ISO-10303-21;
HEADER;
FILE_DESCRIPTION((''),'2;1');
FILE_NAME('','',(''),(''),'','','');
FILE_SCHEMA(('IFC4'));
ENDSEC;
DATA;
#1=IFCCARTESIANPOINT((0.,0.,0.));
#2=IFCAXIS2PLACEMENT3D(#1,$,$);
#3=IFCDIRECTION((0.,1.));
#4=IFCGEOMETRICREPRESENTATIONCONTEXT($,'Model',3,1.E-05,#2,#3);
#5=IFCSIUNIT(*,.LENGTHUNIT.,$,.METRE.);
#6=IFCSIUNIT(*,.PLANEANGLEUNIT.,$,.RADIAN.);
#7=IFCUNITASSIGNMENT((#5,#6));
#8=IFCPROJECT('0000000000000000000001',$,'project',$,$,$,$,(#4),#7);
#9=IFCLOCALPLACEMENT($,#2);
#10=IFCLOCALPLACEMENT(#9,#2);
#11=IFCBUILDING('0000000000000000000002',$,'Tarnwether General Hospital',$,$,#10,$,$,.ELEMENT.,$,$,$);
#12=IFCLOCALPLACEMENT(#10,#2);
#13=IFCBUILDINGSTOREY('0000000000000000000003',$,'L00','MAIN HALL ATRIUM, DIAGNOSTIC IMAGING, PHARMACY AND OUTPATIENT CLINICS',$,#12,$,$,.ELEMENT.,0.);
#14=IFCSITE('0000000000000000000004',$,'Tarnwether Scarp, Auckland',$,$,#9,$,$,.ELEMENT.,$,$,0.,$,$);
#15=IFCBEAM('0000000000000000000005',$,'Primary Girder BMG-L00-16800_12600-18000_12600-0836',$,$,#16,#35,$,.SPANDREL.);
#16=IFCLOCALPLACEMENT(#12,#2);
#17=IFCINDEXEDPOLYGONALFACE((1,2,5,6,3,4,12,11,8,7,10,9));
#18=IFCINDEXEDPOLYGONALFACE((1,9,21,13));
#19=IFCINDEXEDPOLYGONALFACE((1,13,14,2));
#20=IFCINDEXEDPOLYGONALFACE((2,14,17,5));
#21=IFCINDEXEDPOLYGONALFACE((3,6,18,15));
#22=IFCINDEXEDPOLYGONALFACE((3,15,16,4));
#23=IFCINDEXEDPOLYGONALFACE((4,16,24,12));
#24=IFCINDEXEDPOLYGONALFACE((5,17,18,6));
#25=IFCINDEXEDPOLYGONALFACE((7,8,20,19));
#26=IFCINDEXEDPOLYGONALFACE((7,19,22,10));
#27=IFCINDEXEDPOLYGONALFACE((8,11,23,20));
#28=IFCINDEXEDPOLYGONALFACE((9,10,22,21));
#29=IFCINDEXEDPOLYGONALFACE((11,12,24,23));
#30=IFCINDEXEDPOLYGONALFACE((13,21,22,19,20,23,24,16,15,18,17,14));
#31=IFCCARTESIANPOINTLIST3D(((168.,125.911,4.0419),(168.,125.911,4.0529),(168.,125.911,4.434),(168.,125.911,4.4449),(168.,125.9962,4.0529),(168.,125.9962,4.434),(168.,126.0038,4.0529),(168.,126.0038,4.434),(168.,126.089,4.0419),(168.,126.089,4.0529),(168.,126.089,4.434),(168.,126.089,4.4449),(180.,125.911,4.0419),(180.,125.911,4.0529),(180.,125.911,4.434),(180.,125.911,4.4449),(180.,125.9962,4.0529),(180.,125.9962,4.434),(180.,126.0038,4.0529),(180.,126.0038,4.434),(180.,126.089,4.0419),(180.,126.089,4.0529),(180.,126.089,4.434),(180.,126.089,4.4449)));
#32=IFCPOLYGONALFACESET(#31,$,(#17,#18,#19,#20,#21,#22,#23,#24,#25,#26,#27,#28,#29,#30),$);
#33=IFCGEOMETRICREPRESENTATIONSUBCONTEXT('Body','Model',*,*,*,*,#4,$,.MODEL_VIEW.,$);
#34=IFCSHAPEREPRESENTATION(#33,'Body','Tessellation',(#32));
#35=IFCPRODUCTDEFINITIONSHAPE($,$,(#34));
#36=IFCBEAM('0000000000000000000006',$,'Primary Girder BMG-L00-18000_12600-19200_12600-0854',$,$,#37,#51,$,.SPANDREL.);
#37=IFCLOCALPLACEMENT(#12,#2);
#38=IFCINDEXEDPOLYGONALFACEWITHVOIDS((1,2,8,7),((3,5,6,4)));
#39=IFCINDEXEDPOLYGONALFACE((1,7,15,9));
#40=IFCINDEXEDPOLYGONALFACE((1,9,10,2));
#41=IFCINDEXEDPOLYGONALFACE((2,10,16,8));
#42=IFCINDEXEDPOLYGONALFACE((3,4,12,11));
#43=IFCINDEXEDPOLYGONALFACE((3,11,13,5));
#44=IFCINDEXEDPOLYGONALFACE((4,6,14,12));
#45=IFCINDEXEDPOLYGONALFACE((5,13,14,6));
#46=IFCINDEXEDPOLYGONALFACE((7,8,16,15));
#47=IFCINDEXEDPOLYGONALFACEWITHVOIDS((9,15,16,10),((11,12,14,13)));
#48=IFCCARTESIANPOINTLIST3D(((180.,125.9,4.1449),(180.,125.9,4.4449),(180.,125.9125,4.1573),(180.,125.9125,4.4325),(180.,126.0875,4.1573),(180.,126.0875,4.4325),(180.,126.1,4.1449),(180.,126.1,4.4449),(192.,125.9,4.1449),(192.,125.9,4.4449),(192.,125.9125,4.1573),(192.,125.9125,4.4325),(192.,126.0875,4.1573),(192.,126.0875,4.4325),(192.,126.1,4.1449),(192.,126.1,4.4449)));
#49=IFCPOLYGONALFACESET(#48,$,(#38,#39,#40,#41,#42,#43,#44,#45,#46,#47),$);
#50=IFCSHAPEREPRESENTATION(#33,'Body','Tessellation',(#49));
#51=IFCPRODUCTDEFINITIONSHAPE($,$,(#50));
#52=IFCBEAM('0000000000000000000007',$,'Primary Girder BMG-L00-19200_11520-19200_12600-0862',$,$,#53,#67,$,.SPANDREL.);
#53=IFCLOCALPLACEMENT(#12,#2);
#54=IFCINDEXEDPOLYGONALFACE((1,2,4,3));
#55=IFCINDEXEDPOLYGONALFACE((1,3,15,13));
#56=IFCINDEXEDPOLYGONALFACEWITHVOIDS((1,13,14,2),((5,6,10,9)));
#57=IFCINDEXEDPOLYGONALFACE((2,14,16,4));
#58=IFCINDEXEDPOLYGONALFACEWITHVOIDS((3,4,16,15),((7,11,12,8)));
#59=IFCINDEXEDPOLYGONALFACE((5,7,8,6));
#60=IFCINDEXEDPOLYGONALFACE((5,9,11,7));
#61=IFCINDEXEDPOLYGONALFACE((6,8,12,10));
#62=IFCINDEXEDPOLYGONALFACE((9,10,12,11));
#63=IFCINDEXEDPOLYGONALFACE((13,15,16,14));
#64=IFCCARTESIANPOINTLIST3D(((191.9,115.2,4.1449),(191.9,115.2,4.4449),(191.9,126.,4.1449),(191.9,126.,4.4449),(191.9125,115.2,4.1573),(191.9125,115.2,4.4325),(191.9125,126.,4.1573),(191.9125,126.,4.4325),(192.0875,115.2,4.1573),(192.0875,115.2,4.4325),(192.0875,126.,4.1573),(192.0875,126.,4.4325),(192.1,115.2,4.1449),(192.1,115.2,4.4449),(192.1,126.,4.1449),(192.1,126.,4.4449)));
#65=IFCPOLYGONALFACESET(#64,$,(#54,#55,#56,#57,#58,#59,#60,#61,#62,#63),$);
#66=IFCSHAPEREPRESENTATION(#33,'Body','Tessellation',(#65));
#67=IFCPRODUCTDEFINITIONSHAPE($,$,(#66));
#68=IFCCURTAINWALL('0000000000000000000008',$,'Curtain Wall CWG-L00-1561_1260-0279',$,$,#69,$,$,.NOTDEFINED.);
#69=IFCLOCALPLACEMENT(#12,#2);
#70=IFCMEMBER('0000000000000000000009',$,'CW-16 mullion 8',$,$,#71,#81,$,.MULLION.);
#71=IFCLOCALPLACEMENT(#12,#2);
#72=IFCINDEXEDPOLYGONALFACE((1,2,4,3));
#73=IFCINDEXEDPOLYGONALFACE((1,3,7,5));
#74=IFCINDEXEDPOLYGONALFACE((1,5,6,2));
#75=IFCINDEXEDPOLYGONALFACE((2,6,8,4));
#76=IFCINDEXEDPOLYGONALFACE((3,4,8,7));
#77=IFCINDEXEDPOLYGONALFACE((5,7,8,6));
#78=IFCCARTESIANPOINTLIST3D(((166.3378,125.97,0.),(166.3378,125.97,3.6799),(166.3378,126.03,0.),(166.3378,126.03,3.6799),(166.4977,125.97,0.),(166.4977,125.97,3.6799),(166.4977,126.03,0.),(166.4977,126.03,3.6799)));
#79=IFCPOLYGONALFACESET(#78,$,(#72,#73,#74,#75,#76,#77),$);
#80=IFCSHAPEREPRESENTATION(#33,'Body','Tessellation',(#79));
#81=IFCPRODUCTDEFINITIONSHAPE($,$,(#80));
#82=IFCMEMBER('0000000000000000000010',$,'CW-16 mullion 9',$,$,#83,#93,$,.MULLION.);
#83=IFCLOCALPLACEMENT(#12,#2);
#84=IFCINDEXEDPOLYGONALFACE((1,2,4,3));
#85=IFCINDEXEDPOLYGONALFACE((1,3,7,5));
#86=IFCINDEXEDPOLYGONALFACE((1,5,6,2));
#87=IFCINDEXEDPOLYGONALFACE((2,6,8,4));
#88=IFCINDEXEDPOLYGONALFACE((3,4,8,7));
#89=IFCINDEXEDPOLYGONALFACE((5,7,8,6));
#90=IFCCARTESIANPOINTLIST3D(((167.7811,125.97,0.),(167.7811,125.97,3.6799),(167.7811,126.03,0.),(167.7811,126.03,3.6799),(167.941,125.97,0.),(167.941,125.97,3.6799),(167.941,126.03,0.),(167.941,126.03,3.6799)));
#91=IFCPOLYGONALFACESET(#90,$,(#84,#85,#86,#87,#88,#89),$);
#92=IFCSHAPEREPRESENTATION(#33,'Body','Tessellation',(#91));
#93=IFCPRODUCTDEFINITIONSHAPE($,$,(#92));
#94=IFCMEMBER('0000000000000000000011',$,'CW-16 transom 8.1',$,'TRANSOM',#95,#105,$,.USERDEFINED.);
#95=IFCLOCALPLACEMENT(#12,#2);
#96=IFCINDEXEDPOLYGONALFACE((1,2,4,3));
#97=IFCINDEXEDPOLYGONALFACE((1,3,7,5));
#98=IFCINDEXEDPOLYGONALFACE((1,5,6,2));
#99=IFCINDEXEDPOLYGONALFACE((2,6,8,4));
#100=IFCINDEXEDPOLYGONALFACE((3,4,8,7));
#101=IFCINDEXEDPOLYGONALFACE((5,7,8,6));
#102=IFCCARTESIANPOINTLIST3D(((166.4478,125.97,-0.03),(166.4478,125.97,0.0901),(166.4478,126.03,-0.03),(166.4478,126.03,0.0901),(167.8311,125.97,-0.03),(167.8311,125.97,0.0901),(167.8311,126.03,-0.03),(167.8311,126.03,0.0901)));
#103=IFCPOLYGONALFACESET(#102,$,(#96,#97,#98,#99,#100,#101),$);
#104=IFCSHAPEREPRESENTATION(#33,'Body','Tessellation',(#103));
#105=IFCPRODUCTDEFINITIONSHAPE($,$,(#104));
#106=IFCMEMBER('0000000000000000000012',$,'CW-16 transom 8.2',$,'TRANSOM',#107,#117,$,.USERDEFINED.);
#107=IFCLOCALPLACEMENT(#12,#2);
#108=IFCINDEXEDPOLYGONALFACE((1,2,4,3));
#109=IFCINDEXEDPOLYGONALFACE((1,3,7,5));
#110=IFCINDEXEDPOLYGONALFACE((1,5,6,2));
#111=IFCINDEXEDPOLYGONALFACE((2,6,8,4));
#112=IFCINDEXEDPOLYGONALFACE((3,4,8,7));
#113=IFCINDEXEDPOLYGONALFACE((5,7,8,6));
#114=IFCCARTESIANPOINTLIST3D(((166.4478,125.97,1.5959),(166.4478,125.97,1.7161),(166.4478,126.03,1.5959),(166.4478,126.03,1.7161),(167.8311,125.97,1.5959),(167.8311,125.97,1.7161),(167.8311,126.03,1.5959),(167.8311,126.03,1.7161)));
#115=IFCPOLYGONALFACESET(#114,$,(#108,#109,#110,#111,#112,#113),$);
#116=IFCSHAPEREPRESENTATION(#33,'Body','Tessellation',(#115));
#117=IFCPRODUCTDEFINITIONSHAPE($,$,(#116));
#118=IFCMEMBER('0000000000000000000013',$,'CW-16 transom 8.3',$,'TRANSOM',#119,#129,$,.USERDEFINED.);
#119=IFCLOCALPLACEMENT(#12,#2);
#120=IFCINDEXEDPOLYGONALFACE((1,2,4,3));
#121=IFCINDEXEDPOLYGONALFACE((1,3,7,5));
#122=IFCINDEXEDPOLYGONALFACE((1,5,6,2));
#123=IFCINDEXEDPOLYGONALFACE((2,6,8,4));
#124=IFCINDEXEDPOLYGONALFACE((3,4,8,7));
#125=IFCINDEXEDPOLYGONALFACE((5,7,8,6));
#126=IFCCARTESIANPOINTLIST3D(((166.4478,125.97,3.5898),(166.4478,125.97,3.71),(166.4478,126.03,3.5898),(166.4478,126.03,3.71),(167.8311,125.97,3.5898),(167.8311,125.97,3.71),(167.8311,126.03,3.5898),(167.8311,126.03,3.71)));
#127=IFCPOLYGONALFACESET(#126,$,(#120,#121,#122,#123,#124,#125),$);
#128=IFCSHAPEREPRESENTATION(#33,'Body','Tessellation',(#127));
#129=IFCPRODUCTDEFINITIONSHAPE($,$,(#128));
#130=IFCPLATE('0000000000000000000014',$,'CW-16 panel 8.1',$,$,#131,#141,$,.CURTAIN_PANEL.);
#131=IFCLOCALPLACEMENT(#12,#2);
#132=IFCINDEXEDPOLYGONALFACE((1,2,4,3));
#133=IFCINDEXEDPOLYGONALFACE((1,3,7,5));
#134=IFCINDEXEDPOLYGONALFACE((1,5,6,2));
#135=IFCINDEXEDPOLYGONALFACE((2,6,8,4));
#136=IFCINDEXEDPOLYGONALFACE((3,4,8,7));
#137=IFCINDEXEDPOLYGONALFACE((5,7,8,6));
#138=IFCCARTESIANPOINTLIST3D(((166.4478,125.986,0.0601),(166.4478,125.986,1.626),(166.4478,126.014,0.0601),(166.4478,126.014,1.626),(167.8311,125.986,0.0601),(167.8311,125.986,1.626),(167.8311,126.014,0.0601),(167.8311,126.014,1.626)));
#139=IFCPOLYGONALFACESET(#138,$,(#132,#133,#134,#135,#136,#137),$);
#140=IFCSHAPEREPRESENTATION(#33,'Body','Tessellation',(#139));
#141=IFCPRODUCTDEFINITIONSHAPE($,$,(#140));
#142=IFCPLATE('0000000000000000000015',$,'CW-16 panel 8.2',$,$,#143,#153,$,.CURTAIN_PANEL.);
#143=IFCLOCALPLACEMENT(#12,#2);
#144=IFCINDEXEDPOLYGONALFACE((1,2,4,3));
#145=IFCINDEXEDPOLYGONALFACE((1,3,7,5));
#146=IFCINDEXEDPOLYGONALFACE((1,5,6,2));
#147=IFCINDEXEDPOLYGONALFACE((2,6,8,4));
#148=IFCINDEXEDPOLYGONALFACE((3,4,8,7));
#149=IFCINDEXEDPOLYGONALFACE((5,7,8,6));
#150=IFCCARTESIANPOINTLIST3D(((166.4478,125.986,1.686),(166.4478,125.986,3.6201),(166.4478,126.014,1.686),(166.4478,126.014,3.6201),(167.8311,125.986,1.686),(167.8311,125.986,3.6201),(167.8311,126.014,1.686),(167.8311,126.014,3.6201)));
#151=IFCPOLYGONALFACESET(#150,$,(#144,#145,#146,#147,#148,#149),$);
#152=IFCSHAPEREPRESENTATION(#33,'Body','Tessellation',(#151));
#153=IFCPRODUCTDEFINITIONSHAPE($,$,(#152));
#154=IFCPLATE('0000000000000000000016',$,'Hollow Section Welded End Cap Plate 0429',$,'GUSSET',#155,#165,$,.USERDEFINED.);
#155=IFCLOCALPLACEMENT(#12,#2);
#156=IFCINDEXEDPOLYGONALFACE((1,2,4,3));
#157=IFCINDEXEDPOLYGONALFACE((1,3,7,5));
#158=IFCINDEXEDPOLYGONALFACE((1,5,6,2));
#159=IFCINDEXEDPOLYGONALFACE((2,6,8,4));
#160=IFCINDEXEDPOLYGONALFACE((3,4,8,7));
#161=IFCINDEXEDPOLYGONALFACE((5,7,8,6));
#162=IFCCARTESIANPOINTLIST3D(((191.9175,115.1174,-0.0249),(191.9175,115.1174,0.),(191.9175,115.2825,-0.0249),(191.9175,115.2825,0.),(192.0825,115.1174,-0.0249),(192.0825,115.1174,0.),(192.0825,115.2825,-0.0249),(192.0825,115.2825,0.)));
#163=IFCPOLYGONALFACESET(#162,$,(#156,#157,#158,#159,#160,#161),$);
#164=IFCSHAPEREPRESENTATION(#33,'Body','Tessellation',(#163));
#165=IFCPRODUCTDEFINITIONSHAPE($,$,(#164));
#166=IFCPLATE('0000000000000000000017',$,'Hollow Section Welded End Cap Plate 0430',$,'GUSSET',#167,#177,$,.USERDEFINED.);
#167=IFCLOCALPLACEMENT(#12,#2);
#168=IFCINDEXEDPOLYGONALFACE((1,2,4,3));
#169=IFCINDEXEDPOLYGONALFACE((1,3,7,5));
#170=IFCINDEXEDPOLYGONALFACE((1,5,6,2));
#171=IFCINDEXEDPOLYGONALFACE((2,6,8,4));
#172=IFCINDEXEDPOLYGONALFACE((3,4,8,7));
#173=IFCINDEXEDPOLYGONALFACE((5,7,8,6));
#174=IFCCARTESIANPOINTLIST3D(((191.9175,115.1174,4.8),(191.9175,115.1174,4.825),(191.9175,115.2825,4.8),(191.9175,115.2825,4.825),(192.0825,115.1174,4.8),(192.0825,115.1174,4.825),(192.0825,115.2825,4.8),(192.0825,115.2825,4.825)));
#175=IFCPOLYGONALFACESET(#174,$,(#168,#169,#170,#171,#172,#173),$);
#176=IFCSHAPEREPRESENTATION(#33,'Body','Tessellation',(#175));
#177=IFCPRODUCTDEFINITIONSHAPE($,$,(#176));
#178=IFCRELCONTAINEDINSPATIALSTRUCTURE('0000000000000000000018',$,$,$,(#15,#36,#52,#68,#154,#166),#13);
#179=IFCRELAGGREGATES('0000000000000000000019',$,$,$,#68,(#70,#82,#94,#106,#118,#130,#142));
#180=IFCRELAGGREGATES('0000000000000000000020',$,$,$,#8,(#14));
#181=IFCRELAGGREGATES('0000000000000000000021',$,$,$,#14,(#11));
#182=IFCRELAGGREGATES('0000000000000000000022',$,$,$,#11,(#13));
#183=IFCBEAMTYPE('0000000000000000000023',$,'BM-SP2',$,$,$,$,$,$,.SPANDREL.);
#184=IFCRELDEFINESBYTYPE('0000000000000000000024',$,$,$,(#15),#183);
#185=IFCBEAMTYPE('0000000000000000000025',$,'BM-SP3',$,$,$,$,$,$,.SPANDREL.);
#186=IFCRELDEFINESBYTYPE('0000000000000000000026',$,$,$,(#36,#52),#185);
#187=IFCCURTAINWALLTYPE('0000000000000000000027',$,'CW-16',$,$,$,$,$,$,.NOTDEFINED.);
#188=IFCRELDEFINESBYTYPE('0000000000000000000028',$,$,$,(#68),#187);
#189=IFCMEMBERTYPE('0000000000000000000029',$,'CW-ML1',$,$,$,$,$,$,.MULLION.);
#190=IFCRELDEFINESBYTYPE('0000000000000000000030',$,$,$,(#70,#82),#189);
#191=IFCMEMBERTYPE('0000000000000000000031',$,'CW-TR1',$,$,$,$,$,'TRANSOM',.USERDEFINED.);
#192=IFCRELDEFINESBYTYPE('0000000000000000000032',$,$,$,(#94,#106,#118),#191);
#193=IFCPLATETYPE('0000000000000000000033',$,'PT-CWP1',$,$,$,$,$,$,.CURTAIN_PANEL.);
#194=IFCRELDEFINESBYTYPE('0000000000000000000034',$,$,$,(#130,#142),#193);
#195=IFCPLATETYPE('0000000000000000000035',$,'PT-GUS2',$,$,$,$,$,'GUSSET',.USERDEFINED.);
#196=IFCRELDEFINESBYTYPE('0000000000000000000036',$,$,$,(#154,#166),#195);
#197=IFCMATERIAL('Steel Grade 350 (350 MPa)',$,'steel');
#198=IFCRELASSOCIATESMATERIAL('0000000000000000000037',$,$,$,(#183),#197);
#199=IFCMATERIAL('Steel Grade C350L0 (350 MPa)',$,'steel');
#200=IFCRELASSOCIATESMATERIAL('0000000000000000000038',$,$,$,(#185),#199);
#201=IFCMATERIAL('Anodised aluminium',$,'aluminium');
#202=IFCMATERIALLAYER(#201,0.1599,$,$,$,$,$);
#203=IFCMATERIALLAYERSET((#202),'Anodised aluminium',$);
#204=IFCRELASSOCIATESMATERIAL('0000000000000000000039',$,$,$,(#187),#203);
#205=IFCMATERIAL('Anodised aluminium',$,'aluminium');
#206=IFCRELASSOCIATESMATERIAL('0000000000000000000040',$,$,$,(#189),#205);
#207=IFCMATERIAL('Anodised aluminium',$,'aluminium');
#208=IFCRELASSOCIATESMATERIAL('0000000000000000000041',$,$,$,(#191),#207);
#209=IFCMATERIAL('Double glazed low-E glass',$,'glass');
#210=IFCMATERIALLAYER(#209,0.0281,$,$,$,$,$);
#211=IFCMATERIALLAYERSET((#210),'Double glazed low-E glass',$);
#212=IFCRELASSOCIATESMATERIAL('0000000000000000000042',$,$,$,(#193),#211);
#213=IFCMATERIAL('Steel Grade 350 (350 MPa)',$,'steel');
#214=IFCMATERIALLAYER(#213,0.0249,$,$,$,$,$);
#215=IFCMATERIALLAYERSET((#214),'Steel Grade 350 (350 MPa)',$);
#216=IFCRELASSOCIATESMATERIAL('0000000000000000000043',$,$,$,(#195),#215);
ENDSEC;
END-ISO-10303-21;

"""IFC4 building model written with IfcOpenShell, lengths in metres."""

from ifc_helpers import new_model, si_unit, direction, frame, origin, origin_2d, place, context, subcontext, project, spatial, rectangle, hollow_rectangle, i_section, extrude, material, layer, layer_set, material_profile, profile_set, type_object, element, aggregate, save


model = new_model("IFC4")

# Units and contexts
model_context = context("Model", 3, precision=1e-05, world=origin(), true_north=direction((0.0, 1.0)))
body_context = subcontext(model_context, "Body", "Model", "MODEL_VIEW")
ifc_project = project(units=[si_unit("LENGTHUNIT", "METRE"), si_unit("PLANEANGLEUNIT", "RADIAN")], contexts=[model_context])

# Site, building, storey
site_placement = place(None, origin())
site = spatial("IfcSite", under=ifc_project, at=site_placement, Name="Tarnwether Scarp, Auckland", CompositionType="ELEMENT", RefElevation=0.0)
building_placement = place(site_placement, origin())
building = spatial("IfcBuilding", under=site, at=building_placement, Name="Tarnwether General Hospital", CompositionType="ELEMENT")
storey_placement = place(building_placement, origin())
storey = spatial("IfcBuildingStorey", under=building, at=storey_placement, Name="L00", Description="MAIN HALL ATRIUM, DIAGNOSTIC IMAGING, PHARMACY AND OUTPATIENT CLINICS", CompositionType="ELEMENT", Elevation=0.0)

# Beams
ifc_material_1 = material(Name="Steel Grade 350 (350 MPa)", Category="steel")
ifc_material_profile_1 = material_profile(ifc_material_1, i_section(OverallWidth=0.178, OverallDepth=0.4031, WebThickness=0.0076, FlangeThickness=0.011, at=origin_2d()), Name="410UB53.7")
ifc_profile_set_1 = profile_set([ifc_material_profile_1], Name="Steel Grade 350 (350 MPa)")
beam_type_1 = type_object("IfcBeamType", Name="BM-SP2", PredefinedType="SPANDREL", material=ifc_profile_set_1)
beam_1_placement = place(storey_placement, frame((168.0, 126.0, 4.2434), z_axis=(1.0, 0.0, 0.0), x_axis=(0.0, 1.0, 0.0)))
element("IfcBeam", 1, at=beam_1_placement, inside=storey, type_object=beam_type_1, Name="Primary Girder BMG-L00-16800_12600-18000_12600-0836", PredefinedType="SPANDREL", context=body_context, shape_type="SweptSolid", body=[
    extrude(i_section(OverallWidth=0.178, OverallDepth=0.4031, WebThickness=0.0076, FlangeThickness=0.011, at=origin_2d()), origin(), (0.0, 0.0, 1.0), 12.0),
])
ifc_material_2 = material(Name="Steel Grade C350L0 (350 MPa)", Category="steel")
ifc_material_profile_2 = material_profile(ifc_material_2, hollow_rectangle(XDim=0.2, YDim=0.3, WallThickness=0.0125, at=origin_2d()), Name="RHS300x200x12.5")
ifc_profile_set_2 = profile_set([ifc_material_profile_2], Name="Steel Grade C350L0 (350 MPa)")
beam_type_2 = type_object("IfcBeamType", Name="BM-SP3", PredefinedType="SPANDREL", material=ifc_profile_set_2)
beam_2_placement = place(storey_placement, frame((180.0, 126.0, 4.2949), z_axis=(1.0, 0.0, 0.0), x_axis=(0.0, 1.0, 0.0)))
element("IfcBeam", 2, at=beam_2_placement, inside=storey, type_object=beam_type_2, Name="Primary Girder BMG-L00-18000_12600-19200_12600-0854", PredefinedType="SPANDREL", context=body_context, shape_type="SweptSolid", body=[
    extrude(hollow_rectangle(XDim=0.2, YDim=0.3, WallThickness=0.0125, at=origin_2d()), origin(), (0.0, 0.0, 1.0), 12.0),
])
beam_3_placement = place(storey_placement, frame((192.0, 115.2, 4.2949), z_axis=(0.0, 1.0, 0.0), x_axis=(-1.0, 0.0, 0.0)))
element("IfcBeam", 3, at=beam_3_placement, inside=storey, type_object=beam_type_2, Name="Primary Girder BMG-L00-19200_11520-19200_12600-0862", PredefinedType="SPANDREL", context=body_context, shape_type="SweptSolid", body=[
    extrude(hollow_rectangle(XDim=0.2, YDim=0.3, WallThickness=0.0125, at=origin_2d()), origin(), (0.0, 0.0, 1.0), 10.8),
])

# Curtain wall, members, plates
ifc_material_3 = material(Name="Anodised aluminium", Category="aluminium")
ifc_layer_1 = layer(ifc_material_3, 0.1599)
ifc_layer_set_1 = layer_set([ifc_layer_1], Name="Anodised aluminium")
curtain_wall_type = type_object("IfcCurtainWallType", Name="CW-16", PredefinedType="NOTDEFINED", material=ifc_layer_set_1)
curtain_wall_placement = place(storey_placement, origin())
curtain_wall = element("IfcCurtainWall", 4, at=curtain_wall_placement, inside=storey, type_object=curtain_wall_type, Name="Curtain Wall CWG-L00-1561_1260-0279", PredefinedType="NOTDEFINED")
ifc_material_4 = material(Name="Anodised aluminium", Category="aluminium")
ifc_material_profile_3 = material_profile(ifc_material_4, rectangle(XDim=0.0601, YDim=0.1599, at=origin_2d()), Name="ALU-MUL-60x160")
ifc_profile_set_3 = profile_set([ifc_material_profile_3], Name="Anodised aluminium")
member_type_1 = type_object("IfcMemberType", Name="CW-ML1", PredefinedType="MULLION", material=ifc_profile_set_3)
member_1_placement = place(storey_placement, frame((166.4177, 126.0, 0.0), z_axis=(0.0, 0.0, 1.0), x_axis=(0.0, 1.0, 0.0)))
member_1 = element("IfcMember", 5, at=member_1_placement, type_object=member_type_1, Name="CW-16 mullion 8", PredefinedType="MULLION", context=body_context, shape_type="SweptSolid", body=[
    extrude(rectangle(XDim=0.0601, YDim=0.1599, at=origin_2d()), origin(), (0.0, 0.0, 1.0), 3.6799),
])
member_2_placement = place(storey_placement, frame((167.8611, 126.0, 0.0), z_axis=(0.0, 0.0, 1.0), x_axis=(0.0, 1.0, 0.0)))
member_2 = element("IfcMember", 6, at=member_2_placement, type_object=member_type_1, Name="CW-16 mullion 9", PredefinedType="MULLION", context=body_context, shape_type="SweptSolid", body=[
    extrude(rectangle(XDim=0.0601, YDim=0.1599, at=origin_2d()), origin(), (0.0, 0.0, 1.0), 3.6799),
])
ifc_material_5 = material(Name="Anodised aluminium", Category="aluminium")
ifc_material_profile_4 = material_profile(ifc_material_5, rectangle(XDim=0.0601, YDim=0.1201, at=origin_2d()), Name="ALU-TRN-60x120")
ifc_profile_set_4 = profile_set([ifc_material_profile_4], Name="Anodised aluminium")
member_type_2 = type_object("IfcMemberType", Name="CW-TR1", ElementType="TRANSOM", PredefinedType="USERDEFINED", material=ifc_profile_set_4)
member_3_placement = place(storey_placement, frame((166.4478, 126.0, 0.03), z_axis=(1.0, 0.0, 0.0), x_axis=(0.0, 1.0, 0.0)))
member_3 = element("IfcMember", 7, at=member_3_placement, type_object=member_type_2, Name="CW-16 transom 8.1", ObjectType="TRANSOM", PredefinedType="USERDEFINED", context=body_context, shape_type="SweptSolid", body=[
    extrude(rectangle(XDim=0.0601, YDim=0.1201, at=origin_2d()), origin(), (0.0, 0.0, 1.0), 1.3833),
])
member_4_placement = place(storey_placement, frame((166.4478, 126.0, 1.656), z_axis=(1.0, 0.0, 0.0), x_axis=(0.0, 1.0, 0.0)))
member_4 = element("IfcMember", 8, at=member_4_placement, type_object=member_type_2, Name="CW-16 transom 8.2", ObjectType="TRANSOM", PredefinedType="USERDEFINED", context=body_context, shape_type="SweptSolid", body=[
    extrude(rectangle(XDim=0.0601, YDim=0.1201, at=origin_2d()), origin(), (0.0, 0.0, 1.0), 1.3833),
])
member_5_placement = place(storey_placement, frame((166.4478, 126.0, 3.6499), z_axis=(1.0, 0.0, 0.0), x_axis=(0.0, 1.0, 0.0)))
member_5 = element("IfcMember", 9, at=member_5_placement, type_object=member_type_2, Name="CW-16 transom 8.3", ObjectType="TRANSOM", PredefinedType="USERDEFINED", context=body_context, shape_type="SweptSolid", body=[
    extrude(rectangle(XDim=0.0601, YDim=0.1201, at=origin_2d()), origin(), (0.0, 0.0, 1.0), 1.3833),
])
ifc_material_6 = material(Name="Double glazed low-E glass", Category="glass")
ifc_layer_2 = layer(ifc_material_6, 0.0281)
ifc_layer_set_2 = layer_set([ifc_layer_2], Name="Double glazed low-E glass")
plate_type_1 = type_object("IfcPlateType", Name="PT-CWP1", PredefinedType="CURTAIN_PANEL", material=ifc_layer_set_2)
plate_1_placement = place(storey_placement, frame((167.1394, 126.0, 0.0601), z_axis=(0.0, 0.0, 1.0), x_axis=(1.0, 0.0, 0.0)))
plate_1 = element("IfcPlate", 10, at=plate_1_placement, type_object=plate_type_1, Name="CW-16 panel 8.1", PredefinedType="CURTAIN_PANEL", context=body_context, shape_type="SweptSolid", body=[
    extrude(rectangle(XDim=1.3833, YDim=0.0281, at=origin_2d()), origin(), (0.0, 0.0, 1.0), 1.5659),
])
plate_2_placement = place(storey_placement, frame((167.1394, 126.0, 1.686), z_axis=(0.0, 0.0, 1.0), x_axis=(1.0, 0.0, 0.0)))
plate_2 = element("IfcPlate", 11, at=plate_2_placement, type_object=plate_type_1, Name="CW-16 panel 8.2", PredefinedType="CURTAIN_PANEL", context=body_context, shape_type="SweptSolid", body=[
    extrude(rectangle(XDim=1.3833, YDim=0.0281, at=origin_2d()), origin(), (0.0, 0.0, 1.0), 1.9341),
])
aggregate(curtain_wall, [member_1, member_2, member_3, member_4, member_5, plate_1, plate_2])

# Plates
ifc_material_7 = material(Name="Steel Grade 350 (350 MPa)", Category="steel")
ifc_layer_3 = layer(ifc_material_7, 0.0249)
ifc_layer_set_3 = layer_set([ifc_layer_3], Name="Steel Grade 350 (350 MPa)")
plate_type_2 = type_object("IfcPlateType", Name="PT-GUS2", ElementType="GUSSET", PredefinedType="USERDEFINED", material=ifc_layer_set_3)
for number, where, z_axis, x_axis, name in (
    (12, (192.0, 115.2, -0.0249), (0.0, 0.0, 1.0), (1.0, 0.0, 0.0), "Hollow Section Welded End Cap Plate 0429"),
    (13, (192.0, 115.2, 4.8), (0.0, 0.0, 1.0), (1.0, 0.0, 0.0), "Hollow Section Welded End Cap Plate 0430"),
):
    element("IfcPlate", number, at=place(storey_placement, frame(where, z_axis=z_axis, x_axis=x_axis)), inside=storey, type_object=plate_type_2, Name=name, ObjectType="GUSSET", PredefinedType="USERDEFINED", context=body_context, shape_type="SweptSolid", body=[
        extrude(rectangle(XDim=0.165, YDim=0.165, at=origin_2d()), origin(), (0.0, 0.0, 1.0), 0.0249),
    ])

save(model, "model.ifc")
